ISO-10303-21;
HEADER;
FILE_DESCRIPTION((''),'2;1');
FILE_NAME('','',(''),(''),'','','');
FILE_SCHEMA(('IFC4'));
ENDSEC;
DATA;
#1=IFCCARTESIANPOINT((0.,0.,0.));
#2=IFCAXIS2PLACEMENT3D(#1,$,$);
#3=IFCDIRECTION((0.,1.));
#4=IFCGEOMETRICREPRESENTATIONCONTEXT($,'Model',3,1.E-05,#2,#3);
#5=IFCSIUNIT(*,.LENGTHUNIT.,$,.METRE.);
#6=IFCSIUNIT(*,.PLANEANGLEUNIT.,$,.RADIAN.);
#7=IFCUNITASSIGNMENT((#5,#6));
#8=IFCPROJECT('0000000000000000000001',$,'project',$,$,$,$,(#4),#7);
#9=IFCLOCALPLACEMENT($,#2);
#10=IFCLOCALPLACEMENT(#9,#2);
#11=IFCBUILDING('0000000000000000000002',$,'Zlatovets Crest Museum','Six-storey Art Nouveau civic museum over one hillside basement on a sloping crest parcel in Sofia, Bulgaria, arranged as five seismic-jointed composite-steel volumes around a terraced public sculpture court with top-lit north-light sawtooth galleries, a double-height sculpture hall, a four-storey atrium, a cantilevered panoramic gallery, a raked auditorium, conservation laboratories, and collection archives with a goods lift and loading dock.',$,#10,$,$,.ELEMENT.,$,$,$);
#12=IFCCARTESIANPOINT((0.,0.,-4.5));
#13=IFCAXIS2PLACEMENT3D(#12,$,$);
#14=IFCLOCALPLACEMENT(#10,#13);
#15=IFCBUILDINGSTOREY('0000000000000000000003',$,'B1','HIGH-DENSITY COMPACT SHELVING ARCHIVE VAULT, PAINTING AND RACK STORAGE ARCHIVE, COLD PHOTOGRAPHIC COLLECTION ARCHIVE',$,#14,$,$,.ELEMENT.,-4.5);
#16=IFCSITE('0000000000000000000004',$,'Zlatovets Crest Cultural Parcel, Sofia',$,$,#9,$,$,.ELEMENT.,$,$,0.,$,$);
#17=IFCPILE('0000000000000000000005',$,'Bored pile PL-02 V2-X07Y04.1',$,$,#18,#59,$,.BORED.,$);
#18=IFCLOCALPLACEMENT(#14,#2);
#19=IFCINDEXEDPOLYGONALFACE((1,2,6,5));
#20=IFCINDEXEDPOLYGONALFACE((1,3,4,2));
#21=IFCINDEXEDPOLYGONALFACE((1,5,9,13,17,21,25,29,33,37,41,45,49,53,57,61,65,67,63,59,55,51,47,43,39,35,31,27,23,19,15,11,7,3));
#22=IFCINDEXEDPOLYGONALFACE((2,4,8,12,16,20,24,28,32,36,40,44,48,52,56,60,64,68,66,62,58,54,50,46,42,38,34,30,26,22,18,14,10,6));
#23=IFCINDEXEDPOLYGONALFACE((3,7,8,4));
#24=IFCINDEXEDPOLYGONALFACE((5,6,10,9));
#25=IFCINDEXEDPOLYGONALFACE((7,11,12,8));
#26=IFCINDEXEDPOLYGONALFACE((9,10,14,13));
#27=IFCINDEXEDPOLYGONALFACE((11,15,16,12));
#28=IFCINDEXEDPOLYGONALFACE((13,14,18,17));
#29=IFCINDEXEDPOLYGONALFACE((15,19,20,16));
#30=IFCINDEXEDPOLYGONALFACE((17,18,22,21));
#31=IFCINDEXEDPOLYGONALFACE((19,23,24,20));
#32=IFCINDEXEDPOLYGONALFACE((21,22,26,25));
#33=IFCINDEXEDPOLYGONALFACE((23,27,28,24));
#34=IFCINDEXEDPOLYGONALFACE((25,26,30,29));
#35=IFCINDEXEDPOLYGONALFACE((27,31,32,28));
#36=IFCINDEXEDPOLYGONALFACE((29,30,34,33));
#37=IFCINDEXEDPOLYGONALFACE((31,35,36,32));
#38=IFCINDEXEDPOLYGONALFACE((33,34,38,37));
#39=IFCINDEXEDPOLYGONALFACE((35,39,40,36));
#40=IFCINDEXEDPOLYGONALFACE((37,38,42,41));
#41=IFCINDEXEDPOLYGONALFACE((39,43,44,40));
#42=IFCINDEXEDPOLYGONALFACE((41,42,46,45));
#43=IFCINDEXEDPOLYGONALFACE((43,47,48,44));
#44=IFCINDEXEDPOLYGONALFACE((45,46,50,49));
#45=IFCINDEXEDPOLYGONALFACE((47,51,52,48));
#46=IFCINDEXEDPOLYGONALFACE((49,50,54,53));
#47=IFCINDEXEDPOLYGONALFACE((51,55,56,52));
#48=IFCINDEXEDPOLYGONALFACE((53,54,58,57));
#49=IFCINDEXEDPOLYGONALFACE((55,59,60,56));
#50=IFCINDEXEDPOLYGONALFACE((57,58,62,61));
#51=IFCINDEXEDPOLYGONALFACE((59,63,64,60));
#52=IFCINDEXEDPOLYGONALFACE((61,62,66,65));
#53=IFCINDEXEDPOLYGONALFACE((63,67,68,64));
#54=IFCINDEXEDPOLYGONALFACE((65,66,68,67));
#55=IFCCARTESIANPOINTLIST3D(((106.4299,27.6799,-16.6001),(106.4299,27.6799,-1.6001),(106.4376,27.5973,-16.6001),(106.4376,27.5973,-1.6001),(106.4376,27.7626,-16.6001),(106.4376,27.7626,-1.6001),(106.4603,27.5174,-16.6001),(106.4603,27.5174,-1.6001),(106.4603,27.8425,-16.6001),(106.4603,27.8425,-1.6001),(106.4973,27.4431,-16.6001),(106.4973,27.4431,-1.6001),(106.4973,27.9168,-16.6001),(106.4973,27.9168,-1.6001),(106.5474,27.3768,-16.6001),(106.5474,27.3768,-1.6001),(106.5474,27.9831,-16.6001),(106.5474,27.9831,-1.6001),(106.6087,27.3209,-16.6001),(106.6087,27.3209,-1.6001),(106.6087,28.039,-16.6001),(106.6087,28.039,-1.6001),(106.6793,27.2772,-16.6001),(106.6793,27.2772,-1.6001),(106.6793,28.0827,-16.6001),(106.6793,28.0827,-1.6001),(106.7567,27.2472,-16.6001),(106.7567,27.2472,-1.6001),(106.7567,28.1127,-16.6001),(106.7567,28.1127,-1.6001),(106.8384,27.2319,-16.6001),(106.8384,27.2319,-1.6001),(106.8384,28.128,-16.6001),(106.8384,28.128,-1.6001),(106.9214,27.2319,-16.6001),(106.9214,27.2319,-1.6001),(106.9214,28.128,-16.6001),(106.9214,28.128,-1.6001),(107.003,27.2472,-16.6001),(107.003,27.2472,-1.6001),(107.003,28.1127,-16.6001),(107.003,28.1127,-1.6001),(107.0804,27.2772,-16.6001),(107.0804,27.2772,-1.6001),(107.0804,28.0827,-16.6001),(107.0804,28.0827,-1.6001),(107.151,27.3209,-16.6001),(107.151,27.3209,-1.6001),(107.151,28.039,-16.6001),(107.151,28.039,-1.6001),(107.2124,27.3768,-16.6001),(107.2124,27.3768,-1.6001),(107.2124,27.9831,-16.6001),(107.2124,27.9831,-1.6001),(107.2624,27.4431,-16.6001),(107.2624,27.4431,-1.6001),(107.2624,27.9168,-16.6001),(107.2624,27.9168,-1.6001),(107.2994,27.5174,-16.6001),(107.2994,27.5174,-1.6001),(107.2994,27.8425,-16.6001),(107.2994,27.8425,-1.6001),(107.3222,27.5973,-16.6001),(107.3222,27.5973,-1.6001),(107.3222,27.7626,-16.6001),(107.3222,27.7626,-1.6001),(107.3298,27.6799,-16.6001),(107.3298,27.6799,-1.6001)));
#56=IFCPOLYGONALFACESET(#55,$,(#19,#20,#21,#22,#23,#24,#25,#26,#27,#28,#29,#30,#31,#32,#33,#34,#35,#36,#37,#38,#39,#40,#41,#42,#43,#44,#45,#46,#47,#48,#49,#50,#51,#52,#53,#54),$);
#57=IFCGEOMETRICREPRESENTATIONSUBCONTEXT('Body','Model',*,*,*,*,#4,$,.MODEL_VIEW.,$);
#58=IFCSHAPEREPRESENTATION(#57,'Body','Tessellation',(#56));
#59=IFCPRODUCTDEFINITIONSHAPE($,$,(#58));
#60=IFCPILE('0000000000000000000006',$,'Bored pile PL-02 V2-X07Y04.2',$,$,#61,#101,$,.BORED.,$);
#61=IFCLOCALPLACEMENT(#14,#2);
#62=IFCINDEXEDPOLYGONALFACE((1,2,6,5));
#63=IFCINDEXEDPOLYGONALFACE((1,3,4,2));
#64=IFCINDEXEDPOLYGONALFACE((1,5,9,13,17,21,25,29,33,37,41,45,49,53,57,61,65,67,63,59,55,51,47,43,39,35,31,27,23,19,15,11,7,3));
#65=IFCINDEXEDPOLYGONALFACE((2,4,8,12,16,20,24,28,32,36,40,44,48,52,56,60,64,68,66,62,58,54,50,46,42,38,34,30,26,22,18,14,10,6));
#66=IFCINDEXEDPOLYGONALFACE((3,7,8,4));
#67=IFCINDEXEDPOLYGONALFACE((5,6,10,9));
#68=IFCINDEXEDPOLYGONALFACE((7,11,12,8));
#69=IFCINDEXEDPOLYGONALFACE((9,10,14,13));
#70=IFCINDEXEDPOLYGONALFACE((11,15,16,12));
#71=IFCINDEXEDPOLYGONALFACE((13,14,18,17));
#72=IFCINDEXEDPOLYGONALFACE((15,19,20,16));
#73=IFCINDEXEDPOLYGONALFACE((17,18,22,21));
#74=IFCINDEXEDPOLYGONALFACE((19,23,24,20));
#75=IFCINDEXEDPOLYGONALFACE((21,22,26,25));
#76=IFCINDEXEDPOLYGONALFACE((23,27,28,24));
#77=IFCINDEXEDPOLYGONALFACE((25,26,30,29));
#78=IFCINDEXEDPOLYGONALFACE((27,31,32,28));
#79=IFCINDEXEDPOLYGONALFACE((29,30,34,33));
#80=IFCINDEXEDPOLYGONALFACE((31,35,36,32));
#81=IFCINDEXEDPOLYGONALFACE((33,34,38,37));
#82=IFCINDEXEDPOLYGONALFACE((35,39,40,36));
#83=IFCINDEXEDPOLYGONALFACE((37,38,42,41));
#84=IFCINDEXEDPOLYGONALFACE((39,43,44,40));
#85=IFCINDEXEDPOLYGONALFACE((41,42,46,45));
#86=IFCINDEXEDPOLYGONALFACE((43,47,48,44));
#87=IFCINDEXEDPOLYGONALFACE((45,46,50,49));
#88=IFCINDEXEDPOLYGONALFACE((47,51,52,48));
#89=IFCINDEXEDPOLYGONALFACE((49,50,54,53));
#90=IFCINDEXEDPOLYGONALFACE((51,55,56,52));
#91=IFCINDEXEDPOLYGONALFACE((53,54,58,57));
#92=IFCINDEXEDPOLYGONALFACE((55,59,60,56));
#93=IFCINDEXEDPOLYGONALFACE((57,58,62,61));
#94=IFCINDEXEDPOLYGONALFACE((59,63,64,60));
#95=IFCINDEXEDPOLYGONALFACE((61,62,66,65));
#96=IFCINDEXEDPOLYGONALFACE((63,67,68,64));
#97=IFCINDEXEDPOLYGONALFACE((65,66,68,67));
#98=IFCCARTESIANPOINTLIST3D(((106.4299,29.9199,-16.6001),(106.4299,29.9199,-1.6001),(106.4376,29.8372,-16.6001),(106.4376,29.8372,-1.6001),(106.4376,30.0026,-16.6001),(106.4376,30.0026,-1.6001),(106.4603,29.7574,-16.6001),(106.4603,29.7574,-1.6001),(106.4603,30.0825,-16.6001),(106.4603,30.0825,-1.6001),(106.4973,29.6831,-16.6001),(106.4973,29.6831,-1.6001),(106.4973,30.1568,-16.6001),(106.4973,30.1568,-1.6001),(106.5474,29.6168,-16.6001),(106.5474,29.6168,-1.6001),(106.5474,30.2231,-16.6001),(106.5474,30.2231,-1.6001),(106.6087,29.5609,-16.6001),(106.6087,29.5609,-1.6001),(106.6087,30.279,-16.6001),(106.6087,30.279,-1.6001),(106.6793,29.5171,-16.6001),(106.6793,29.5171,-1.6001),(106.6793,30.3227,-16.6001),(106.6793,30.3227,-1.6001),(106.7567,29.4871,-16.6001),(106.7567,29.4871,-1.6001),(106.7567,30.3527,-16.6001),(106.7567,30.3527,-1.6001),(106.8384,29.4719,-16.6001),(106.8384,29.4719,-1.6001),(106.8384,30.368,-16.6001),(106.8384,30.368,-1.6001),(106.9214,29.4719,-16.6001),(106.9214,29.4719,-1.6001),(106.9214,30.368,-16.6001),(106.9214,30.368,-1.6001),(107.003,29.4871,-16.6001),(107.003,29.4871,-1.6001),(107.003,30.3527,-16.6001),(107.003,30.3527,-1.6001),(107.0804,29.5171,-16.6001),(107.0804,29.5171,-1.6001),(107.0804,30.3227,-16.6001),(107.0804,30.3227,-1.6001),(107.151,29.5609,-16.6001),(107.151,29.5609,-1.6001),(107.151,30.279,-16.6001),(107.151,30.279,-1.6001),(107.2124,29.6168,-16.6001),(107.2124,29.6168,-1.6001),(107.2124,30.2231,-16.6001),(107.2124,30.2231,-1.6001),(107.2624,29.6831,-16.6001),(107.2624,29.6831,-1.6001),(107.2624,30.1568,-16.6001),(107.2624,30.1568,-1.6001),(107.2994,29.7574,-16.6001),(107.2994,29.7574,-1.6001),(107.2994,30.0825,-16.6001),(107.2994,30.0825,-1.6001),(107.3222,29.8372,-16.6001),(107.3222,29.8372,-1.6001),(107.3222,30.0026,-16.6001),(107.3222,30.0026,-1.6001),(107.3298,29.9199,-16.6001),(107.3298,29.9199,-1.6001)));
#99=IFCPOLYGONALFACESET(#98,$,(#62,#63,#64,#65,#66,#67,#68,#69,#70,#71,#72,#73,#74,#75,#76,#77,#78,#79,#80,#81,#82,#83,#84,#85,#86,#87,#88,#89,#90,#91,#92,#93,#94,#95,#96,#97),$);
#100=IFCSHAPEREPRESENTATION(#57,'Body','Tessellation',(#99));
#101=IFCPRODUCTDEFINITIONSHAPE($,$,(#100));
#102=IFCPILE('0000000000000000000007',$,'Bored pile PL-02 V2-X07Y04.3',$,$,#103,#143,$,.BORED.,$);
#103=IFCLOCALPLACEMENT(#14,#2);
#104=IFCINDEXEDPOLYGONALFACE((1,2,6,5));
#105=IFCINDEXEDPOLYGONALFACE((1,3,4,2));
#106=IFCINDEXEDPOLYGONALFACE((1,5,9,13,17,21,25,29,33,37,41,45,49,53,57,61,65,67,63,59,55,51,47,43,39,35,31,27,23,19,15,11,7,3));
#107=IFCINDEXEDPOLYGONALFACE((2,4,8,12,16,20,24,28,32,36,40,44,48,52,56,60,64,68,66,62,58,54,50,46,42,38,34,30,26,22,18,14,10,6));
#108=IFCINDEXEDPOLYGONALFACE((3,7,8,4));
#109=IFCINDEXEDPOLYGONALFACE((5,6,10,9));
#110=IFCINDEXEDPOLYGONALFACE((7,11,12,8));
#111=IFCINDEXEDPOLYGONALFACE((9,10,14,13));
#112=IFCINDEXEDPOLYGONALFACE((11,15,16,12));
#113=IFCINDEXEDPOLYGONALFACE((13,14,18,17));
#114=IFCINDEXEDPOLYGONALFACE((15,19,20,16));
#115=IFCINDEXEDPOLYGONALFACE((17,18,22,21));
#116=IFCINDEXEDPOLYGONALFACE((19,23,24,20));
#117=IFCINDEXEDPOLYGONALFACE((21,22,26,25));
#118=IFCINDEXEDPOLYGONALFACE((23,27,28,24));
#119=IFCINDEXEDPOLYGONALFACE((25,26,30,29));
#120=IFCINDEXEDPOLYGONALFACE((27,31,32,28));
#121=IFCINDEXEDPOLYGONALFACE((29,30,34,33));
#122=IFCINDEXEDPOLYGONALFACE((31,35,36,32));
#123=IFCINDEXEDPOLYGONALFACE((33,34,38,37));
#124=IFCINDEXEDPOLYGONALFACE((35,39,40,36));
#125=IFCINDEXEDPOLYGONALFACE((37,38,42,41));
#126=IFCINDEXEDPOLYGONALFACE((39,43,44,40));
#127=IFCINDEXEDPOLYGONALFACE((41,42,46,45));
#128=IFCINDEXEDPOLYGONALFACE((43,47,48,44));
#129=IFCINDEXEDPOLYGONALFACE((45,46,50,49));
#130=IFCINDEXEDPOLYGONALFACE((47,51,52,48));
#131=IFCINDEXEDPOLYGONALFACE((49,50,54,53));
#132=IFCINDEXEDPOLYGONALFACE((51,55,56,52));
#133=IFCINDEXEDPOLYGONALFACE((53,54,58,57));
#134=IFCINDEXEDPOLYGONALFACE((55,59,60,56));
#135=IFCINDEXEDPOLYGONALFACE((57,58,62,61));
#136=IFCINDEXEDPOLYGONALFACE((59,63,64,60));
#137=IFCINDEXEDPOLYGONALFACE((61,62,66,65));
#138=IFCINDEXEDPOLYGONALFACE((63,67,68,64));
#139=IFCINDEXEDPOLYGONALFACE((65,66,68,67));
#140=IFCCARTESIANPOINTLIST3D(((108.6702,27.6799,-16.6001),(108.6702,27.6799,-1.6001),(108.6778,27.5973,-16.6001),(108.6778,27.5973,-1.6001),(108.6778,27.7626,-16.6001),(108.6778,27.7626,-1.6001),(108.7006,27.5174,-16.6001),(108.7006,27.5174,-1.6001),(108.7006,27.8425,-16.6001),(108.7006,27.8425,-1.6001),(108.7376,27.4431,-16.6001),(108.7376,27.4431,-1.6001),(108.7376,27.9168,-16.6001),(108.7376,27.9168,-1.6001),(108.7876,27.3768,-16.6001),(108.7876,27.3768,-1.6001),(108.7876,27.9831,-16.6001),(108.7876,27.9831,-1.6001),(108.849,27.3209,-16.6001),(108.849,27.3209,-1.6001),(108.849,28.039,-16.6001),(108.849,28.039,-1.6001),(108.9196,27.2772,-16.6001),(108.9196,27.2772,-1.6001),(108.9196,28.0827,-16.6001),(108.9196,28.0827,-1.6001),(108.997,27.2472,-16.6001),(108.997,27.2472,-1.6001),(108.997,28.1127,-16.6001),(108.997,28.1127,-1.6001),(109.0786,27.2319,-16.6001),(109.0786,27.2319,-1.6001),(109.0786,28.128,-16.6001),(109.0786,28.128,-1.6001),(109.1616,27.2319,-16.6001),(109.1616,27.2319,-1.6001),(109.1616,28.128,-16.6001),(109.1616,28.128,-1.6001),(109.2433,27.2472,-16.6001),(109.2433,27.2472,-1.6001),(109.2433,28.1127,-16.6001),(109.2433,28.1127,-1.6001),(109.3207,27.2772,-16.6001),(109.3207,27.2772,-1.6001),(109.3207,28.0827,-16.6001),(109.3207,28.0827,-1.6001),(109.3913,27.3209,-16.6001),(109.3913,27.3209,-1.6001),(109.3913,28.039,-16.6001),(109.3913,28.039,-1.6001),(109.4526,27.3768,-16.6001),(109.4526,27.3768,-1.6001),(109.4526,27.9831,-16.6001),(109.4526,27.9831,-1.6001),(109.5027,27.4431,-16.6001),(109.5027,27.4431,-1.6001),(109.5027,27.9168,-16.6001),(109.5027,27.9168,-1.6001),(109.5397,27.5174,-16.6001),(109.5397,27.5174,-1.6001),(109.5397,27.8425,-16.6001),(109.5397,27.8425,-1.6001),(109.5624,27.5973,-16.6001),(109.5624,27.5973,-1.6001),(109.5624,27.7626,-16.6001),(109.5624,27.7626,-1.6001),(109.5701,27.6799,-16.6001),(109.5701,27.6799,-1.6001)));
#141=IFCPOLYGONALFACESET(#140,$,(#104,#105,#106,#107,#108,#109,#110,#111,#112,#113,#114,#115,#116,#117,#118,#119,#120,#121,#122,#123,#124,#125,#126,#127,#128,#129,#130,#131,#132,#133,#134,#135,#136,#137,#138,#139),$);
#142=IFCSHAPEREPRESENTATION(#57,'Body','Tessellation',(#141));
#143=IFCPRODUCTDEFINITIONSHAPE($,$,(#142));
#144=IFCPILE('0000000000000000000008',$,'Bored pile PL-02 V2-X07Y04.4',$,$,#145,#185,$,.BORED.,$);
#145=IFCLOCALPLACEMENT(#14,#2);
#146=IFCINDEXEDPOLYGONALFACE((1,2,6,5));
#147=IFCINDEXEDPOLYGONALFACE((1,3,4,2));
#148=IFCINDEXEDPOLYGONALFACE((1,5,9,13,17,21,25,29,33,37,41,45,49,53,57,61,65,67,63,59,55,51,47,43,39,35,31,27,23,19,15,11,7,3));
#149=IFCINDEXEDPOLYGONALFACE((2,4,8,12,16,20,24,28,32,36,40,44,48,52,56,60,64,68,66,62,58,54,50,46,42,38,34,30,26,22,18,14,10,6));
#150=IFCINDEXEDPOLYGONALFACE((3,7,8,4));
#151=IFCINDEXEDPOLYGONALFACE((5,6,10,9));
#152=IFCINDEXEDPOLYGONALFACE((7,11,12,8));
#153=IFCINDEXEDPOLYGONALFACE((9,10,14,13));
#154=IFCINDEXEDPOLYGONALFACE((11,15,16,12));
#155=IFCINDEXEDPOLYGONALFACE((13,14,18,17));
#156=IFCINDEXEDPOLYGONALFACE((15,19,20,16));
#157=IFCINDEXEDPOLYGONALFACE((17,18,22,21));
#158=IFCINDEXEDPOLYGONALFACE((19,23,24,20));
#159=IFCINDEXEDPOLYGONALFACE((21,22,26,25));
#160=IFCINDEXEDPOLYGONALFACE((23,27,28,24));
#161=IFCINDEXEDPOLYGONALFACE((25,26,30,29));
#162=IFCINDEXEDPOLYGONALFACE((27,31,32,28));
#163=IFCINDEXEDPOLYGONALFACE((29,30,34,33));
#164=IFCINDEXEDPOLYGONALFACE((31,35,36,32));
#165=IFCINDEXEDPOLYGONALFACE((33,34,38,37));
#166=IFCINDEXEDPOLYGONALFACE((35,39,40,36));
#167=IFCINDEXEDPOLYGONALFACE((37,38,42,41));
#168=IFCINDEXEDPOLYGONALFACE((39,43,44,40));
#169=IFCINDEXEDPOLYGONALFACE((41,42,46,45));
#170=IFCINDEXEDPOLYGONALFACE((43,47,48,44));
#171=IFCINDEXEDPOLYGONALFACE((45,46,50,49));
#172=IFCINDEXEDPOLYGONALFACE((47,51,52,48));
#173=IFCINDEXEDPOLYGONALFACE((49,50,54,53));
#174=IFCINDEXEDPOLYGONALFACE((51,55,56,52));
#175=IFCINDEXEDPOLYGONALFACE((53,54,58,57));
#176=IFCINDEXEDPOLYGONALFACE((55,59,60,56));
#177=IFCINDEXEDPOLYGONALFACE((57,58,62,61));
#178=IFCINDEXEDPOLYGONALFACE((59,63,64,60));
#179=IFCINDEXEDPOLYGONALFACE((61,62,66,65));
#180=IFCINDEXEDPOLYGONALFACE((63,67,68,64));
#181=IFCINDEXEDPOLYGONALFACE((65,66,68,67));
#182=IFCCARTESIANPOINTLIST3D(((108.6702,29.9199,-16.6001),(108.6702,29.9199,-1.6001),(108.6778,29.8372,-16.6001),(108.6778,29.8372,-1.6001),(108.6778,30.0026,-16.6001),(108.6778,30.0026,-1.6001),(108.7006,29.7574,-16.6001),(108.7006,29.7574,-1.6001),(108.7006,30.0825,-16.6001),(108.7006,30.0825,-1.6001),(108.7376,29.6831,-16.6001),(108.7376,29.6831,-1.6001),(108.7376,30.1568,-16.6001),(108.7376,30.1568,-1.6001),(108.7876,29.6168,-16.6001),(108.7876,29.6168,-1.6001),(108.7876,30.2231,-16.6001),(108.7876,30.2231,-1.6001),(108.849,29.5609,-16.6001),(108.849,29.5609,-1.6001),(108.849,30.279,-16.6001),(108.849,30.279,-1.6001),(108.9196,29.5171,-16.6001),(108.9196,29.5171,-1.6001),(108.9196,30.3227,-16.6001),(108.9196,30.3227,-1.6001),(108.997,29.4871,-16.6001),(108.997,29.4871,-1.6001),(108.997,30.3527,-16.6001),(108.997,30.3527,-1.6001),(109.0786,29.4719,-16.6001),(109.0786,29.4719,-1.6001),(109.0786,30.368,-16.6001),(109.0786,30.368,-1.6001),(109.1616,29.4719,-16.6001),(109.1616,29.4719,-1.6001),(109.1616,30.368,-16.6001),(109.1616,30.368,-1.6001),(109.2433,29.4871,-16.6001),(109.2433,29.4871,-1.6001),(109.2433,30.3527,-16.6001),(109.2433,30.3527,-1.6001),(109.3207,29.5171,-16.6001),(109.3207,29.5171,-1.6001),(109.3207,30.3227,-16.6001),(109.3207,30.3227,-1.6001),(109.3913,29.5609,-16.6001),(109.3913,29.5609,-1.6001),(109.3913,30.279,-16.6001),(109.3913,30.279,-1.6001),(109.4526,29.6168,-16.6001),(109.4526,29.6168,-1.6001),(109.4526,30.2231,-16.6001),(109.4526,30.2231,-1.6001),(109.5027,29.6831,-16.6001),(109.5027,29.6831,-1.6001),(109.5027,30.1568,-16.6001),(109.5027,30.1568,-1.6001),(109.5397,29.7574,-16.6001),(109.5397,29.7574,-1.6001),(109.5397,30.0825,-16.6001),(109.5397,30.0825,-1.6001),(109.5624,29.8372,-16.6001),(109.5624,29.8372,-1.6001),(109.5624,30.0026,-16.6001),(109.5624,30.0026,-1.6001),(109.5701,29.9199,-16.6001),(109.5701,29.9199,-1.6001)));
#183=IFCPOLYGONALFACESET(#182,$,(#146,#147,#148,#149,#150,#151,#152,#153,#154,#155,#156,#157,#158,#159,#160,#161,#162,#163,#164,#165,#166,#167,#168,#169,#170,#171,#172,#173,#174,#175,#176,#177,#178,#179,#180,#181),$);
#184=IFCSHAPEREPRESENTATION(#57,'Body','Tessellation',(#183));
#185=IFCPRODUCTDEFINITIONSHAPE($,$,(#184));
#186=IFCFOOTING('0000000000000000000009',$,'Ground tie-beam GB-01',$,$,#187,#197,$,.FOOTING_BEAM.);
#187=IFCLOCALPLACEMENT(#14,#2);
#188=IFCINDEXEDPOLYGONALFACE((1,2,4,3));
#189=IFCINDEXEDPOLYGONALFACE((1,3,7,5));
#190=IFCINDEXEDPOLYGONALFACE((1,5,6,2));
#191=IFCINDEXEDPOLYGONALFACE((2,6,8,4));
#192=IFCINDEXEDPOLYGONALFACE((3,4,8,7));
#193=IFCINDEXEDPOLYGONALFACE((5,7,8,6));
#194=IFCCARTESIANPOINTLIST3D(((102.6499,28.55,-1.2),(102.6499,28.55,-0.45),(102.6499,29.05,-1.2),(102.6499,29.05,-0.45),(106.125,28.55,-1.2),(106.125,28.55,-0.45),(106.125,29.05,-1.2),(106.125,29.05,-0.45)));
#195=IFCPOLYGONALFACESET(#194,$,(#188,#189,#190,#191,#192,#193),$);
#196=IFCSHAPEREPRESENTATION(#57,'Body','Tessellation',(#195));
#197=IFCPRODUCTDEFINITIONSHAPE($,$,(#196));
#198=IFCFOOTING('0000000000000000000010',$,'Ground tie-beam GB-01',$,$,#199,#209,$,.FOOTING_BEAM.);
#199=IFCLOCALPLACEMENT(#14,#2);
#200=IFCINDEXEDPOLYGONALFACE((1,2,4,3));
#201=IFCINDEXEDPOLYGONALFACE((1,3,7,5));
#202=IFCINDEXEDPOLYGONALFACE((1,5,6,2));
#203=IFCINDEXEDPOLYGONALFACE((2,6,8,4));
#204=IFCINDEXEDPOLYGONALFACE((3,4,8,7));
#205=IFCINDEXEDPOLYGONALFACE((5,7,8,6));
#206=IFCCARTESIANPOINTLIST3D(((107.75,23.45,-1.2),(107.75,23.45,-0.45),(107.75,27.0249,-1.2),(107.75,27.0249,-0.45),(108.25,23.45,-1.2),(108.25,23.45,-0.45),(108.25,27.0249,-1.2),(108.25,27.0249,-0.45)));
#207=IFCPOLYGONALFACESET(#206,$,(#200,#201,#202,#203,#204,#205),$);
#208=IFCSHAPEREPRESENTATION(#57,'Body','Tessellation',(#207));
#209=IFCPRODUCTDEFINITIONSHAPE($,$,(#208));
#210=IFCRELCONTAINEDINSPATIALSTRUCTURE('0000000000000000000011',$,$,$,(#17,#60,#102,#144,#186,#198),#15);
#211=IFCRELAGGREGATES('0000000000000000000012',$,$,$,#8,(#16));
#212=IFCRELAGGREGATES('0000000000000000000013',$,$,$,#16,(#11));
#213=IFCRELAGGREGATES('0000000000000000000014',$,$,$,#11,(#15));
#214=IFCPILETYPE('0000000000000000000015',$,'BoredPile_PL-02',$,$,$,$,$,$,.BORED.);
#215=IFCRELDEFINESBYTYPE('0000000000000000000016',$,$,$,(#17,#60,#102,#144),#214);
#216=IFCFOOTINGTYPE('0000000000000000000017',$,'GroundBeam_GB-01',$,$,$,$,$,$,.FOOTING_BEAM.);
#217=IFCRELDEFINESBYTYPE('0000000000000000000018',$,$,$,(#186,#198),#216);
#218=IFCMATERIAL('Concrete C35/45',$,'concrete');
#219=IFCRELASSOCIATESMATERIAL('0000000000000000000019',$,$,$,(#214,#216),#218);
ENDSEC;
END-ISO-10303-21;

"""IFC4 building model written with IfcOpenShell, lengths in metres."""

from ifc_helpers import new_model, si_unit, direction, frame, origin, origin_2d, place, context, subcontext, project, spatial, rectangle, circle, extrude, material, material_profile, profile_set, type_object, element, save


model = new_model("IFC4")

# Units and contexts
model_context = context("Model", 3, precision=1e-05, world=origin(), true_north=direction((0.0, 1.0)))
body_context = subcontext(model_context, "Body", "Model", "MODEL_VIEW")
ifc_project = project(units=[si_unit("LENGTHUNIT", "METRE"), si_unit("PLANEANGLEUNIT", "RADIAN")], contexts=[model_context])

# Site, building, storey
site_placement = place(None, origin())
site = spatial("IfcSite", under=ifc_project, at=site_placement, Name="Zlatovets Crest Cultural Parcel, Sofia", CompositionType="ELEMENT", RefElevation=0.0)
building_placement = place(site_placement, origin())
building = spatial("IfcBuilding", under=site, at=building_placement, Name="Zlatovets Crest Museum", Description="Six-storey Art Nouveau civic museum over one hillside basement on a sloping crest parcel in Sofia, Bulgaria, arranged as five seismic-jointed composite-steel volumes around a terraced public sculpture court with top-lit north-light sawtooth galleries, a double-height sculpture hall, a four-storey atrium, a cantilevered panoramic gallery, a raked auditorium, conservation laboratories, and collection archives with a goods lift and loading dock.", CompositionType="ELEMENT")
storey_placement = place(building_placement, frame((0.0, 0.0, -4.5)))
storey = spatial("IfcBuildingStorey", under=building, at=storey_placement, Name="B1", Description="HIGH-DENSITY COMPACT SHELVING ARCHIVE VAULT, PAINTING AND RACK STORAGE ARCHIVE, COLD PHOTOGRAPHIC COLLECTION ARCHIVE", CompositionType="ELEMENT", Elevation=-4.5)

# Piles
ifc_material_1 = material(Name="Concrete C35/45", Category="concrete")
ifc_material_profile_1 = material_profile(ifc_material_1, circle(Radius=0.45, at=origin_2d()), Name="PILE D900")
ifc_profile_set_1 = profile_set([ifc_material_profile_1], Name="Concrete C35/45")
pile_type = type_object("IfcPileType", Name="BoredPile_PL-02", PredefinedType="BORED", material=ifc_profile_set_1)
for number, where, z_axis, x_axis, name in (
    (1, (106.8799, 27.6799, -1.6001), (0.0, 0.0, -1.0), (1.0, 0.0, 0.0), "Bored pile PL-02 V2-X07Y04.1"),
    (2, (106.8799, 29.9199, -1.6001), (0.0, 0.0, -1.0), (1.0, 0.0, 0.0), "Bored pile PL-02 V2-X07Y04.2"),
    (3, (109.1201, 27.6799, -1.6001), (0.0, 0.0, -1.0), (1.0, 0.0, 0.0), "Bored pile PL-02 V2-X07Y04.3"),
    (4, (109.1201, 29.9199, -1.6001), (0.0, 0.0, -1.0), (1.0, 0.0, 0.0), "Bored pile PL-02 V2-X07Y04.4"),
):
    element("IfcPile", number, at=place(storey_placement, frame(where, z_axis=z_axis, x_axis=x_axis)), inside=storey, type_object=pile_type, Name=name, PredefinedType="BORED", context=body_context, shape_type="SweptSolid", body=[
        extrude(circle(Radius=0.45, at=origin_2d()), origin(), (0.0, 0.0, 1.0), 15.0),
    ])

# Footings
ifc_material_profile_2 = material_profile(ifc_material_1, rectangle(XDim=0.5, YDim=0.75, at=origin_2d()), Name="RC 500x750")
ifc_profile_set_2 = profile_set([ifc_material_profile_2], Name="Concrete C35/45")
footing_type_1 = type_object("IfcFootingType", Name="GroundBeam_GB-01", PredefinedType="FOOTING_BEAM", material=ifc_profile_set_2)
footing_1_placement = place(storey_placement, frame((102.6499, 28.8, -0.825), z_axis=(1.0, 0.0, 0.0), x_axis=(0.0, 1.0, 0.0)))
element("IfcFooting", 5, at=footing_1_placement, inside=storey, type_object=footing_type_1, Name="Ground tie-beam GB-01", PredefinedType="FOOTING_BEAM", context=body_context, shape_type="SweptSolid", body=[
    extrude(rectangle(XDim=0.5, YDim=0.75, at=origin_2d()), origin(), (0.0, 0.0, 1.0), 3.4751),
])
footing_2_placement = place(storey_placement, frame((108.0, 23.45, -0.825), z_axis=(0.0, 1.0, 0.0), x_axis=(-1.0, 0.0, 0.0)))
element("IfcFooting", 6, at=footing_2_placement, inside=storey, type_object=footing_type_1, Name="Ground tie-beam GB-01", PredefinedType="FOOTING_BEAM", context=body_context, shape_type="SweptSolid", body=[
    extrude(rectangle(XDim=0.5, YDim=0.75, at=origin_2d()), origin(), (0.0, 0.0, 1.0), 3.575),
])

save(model, "model.ifc")
